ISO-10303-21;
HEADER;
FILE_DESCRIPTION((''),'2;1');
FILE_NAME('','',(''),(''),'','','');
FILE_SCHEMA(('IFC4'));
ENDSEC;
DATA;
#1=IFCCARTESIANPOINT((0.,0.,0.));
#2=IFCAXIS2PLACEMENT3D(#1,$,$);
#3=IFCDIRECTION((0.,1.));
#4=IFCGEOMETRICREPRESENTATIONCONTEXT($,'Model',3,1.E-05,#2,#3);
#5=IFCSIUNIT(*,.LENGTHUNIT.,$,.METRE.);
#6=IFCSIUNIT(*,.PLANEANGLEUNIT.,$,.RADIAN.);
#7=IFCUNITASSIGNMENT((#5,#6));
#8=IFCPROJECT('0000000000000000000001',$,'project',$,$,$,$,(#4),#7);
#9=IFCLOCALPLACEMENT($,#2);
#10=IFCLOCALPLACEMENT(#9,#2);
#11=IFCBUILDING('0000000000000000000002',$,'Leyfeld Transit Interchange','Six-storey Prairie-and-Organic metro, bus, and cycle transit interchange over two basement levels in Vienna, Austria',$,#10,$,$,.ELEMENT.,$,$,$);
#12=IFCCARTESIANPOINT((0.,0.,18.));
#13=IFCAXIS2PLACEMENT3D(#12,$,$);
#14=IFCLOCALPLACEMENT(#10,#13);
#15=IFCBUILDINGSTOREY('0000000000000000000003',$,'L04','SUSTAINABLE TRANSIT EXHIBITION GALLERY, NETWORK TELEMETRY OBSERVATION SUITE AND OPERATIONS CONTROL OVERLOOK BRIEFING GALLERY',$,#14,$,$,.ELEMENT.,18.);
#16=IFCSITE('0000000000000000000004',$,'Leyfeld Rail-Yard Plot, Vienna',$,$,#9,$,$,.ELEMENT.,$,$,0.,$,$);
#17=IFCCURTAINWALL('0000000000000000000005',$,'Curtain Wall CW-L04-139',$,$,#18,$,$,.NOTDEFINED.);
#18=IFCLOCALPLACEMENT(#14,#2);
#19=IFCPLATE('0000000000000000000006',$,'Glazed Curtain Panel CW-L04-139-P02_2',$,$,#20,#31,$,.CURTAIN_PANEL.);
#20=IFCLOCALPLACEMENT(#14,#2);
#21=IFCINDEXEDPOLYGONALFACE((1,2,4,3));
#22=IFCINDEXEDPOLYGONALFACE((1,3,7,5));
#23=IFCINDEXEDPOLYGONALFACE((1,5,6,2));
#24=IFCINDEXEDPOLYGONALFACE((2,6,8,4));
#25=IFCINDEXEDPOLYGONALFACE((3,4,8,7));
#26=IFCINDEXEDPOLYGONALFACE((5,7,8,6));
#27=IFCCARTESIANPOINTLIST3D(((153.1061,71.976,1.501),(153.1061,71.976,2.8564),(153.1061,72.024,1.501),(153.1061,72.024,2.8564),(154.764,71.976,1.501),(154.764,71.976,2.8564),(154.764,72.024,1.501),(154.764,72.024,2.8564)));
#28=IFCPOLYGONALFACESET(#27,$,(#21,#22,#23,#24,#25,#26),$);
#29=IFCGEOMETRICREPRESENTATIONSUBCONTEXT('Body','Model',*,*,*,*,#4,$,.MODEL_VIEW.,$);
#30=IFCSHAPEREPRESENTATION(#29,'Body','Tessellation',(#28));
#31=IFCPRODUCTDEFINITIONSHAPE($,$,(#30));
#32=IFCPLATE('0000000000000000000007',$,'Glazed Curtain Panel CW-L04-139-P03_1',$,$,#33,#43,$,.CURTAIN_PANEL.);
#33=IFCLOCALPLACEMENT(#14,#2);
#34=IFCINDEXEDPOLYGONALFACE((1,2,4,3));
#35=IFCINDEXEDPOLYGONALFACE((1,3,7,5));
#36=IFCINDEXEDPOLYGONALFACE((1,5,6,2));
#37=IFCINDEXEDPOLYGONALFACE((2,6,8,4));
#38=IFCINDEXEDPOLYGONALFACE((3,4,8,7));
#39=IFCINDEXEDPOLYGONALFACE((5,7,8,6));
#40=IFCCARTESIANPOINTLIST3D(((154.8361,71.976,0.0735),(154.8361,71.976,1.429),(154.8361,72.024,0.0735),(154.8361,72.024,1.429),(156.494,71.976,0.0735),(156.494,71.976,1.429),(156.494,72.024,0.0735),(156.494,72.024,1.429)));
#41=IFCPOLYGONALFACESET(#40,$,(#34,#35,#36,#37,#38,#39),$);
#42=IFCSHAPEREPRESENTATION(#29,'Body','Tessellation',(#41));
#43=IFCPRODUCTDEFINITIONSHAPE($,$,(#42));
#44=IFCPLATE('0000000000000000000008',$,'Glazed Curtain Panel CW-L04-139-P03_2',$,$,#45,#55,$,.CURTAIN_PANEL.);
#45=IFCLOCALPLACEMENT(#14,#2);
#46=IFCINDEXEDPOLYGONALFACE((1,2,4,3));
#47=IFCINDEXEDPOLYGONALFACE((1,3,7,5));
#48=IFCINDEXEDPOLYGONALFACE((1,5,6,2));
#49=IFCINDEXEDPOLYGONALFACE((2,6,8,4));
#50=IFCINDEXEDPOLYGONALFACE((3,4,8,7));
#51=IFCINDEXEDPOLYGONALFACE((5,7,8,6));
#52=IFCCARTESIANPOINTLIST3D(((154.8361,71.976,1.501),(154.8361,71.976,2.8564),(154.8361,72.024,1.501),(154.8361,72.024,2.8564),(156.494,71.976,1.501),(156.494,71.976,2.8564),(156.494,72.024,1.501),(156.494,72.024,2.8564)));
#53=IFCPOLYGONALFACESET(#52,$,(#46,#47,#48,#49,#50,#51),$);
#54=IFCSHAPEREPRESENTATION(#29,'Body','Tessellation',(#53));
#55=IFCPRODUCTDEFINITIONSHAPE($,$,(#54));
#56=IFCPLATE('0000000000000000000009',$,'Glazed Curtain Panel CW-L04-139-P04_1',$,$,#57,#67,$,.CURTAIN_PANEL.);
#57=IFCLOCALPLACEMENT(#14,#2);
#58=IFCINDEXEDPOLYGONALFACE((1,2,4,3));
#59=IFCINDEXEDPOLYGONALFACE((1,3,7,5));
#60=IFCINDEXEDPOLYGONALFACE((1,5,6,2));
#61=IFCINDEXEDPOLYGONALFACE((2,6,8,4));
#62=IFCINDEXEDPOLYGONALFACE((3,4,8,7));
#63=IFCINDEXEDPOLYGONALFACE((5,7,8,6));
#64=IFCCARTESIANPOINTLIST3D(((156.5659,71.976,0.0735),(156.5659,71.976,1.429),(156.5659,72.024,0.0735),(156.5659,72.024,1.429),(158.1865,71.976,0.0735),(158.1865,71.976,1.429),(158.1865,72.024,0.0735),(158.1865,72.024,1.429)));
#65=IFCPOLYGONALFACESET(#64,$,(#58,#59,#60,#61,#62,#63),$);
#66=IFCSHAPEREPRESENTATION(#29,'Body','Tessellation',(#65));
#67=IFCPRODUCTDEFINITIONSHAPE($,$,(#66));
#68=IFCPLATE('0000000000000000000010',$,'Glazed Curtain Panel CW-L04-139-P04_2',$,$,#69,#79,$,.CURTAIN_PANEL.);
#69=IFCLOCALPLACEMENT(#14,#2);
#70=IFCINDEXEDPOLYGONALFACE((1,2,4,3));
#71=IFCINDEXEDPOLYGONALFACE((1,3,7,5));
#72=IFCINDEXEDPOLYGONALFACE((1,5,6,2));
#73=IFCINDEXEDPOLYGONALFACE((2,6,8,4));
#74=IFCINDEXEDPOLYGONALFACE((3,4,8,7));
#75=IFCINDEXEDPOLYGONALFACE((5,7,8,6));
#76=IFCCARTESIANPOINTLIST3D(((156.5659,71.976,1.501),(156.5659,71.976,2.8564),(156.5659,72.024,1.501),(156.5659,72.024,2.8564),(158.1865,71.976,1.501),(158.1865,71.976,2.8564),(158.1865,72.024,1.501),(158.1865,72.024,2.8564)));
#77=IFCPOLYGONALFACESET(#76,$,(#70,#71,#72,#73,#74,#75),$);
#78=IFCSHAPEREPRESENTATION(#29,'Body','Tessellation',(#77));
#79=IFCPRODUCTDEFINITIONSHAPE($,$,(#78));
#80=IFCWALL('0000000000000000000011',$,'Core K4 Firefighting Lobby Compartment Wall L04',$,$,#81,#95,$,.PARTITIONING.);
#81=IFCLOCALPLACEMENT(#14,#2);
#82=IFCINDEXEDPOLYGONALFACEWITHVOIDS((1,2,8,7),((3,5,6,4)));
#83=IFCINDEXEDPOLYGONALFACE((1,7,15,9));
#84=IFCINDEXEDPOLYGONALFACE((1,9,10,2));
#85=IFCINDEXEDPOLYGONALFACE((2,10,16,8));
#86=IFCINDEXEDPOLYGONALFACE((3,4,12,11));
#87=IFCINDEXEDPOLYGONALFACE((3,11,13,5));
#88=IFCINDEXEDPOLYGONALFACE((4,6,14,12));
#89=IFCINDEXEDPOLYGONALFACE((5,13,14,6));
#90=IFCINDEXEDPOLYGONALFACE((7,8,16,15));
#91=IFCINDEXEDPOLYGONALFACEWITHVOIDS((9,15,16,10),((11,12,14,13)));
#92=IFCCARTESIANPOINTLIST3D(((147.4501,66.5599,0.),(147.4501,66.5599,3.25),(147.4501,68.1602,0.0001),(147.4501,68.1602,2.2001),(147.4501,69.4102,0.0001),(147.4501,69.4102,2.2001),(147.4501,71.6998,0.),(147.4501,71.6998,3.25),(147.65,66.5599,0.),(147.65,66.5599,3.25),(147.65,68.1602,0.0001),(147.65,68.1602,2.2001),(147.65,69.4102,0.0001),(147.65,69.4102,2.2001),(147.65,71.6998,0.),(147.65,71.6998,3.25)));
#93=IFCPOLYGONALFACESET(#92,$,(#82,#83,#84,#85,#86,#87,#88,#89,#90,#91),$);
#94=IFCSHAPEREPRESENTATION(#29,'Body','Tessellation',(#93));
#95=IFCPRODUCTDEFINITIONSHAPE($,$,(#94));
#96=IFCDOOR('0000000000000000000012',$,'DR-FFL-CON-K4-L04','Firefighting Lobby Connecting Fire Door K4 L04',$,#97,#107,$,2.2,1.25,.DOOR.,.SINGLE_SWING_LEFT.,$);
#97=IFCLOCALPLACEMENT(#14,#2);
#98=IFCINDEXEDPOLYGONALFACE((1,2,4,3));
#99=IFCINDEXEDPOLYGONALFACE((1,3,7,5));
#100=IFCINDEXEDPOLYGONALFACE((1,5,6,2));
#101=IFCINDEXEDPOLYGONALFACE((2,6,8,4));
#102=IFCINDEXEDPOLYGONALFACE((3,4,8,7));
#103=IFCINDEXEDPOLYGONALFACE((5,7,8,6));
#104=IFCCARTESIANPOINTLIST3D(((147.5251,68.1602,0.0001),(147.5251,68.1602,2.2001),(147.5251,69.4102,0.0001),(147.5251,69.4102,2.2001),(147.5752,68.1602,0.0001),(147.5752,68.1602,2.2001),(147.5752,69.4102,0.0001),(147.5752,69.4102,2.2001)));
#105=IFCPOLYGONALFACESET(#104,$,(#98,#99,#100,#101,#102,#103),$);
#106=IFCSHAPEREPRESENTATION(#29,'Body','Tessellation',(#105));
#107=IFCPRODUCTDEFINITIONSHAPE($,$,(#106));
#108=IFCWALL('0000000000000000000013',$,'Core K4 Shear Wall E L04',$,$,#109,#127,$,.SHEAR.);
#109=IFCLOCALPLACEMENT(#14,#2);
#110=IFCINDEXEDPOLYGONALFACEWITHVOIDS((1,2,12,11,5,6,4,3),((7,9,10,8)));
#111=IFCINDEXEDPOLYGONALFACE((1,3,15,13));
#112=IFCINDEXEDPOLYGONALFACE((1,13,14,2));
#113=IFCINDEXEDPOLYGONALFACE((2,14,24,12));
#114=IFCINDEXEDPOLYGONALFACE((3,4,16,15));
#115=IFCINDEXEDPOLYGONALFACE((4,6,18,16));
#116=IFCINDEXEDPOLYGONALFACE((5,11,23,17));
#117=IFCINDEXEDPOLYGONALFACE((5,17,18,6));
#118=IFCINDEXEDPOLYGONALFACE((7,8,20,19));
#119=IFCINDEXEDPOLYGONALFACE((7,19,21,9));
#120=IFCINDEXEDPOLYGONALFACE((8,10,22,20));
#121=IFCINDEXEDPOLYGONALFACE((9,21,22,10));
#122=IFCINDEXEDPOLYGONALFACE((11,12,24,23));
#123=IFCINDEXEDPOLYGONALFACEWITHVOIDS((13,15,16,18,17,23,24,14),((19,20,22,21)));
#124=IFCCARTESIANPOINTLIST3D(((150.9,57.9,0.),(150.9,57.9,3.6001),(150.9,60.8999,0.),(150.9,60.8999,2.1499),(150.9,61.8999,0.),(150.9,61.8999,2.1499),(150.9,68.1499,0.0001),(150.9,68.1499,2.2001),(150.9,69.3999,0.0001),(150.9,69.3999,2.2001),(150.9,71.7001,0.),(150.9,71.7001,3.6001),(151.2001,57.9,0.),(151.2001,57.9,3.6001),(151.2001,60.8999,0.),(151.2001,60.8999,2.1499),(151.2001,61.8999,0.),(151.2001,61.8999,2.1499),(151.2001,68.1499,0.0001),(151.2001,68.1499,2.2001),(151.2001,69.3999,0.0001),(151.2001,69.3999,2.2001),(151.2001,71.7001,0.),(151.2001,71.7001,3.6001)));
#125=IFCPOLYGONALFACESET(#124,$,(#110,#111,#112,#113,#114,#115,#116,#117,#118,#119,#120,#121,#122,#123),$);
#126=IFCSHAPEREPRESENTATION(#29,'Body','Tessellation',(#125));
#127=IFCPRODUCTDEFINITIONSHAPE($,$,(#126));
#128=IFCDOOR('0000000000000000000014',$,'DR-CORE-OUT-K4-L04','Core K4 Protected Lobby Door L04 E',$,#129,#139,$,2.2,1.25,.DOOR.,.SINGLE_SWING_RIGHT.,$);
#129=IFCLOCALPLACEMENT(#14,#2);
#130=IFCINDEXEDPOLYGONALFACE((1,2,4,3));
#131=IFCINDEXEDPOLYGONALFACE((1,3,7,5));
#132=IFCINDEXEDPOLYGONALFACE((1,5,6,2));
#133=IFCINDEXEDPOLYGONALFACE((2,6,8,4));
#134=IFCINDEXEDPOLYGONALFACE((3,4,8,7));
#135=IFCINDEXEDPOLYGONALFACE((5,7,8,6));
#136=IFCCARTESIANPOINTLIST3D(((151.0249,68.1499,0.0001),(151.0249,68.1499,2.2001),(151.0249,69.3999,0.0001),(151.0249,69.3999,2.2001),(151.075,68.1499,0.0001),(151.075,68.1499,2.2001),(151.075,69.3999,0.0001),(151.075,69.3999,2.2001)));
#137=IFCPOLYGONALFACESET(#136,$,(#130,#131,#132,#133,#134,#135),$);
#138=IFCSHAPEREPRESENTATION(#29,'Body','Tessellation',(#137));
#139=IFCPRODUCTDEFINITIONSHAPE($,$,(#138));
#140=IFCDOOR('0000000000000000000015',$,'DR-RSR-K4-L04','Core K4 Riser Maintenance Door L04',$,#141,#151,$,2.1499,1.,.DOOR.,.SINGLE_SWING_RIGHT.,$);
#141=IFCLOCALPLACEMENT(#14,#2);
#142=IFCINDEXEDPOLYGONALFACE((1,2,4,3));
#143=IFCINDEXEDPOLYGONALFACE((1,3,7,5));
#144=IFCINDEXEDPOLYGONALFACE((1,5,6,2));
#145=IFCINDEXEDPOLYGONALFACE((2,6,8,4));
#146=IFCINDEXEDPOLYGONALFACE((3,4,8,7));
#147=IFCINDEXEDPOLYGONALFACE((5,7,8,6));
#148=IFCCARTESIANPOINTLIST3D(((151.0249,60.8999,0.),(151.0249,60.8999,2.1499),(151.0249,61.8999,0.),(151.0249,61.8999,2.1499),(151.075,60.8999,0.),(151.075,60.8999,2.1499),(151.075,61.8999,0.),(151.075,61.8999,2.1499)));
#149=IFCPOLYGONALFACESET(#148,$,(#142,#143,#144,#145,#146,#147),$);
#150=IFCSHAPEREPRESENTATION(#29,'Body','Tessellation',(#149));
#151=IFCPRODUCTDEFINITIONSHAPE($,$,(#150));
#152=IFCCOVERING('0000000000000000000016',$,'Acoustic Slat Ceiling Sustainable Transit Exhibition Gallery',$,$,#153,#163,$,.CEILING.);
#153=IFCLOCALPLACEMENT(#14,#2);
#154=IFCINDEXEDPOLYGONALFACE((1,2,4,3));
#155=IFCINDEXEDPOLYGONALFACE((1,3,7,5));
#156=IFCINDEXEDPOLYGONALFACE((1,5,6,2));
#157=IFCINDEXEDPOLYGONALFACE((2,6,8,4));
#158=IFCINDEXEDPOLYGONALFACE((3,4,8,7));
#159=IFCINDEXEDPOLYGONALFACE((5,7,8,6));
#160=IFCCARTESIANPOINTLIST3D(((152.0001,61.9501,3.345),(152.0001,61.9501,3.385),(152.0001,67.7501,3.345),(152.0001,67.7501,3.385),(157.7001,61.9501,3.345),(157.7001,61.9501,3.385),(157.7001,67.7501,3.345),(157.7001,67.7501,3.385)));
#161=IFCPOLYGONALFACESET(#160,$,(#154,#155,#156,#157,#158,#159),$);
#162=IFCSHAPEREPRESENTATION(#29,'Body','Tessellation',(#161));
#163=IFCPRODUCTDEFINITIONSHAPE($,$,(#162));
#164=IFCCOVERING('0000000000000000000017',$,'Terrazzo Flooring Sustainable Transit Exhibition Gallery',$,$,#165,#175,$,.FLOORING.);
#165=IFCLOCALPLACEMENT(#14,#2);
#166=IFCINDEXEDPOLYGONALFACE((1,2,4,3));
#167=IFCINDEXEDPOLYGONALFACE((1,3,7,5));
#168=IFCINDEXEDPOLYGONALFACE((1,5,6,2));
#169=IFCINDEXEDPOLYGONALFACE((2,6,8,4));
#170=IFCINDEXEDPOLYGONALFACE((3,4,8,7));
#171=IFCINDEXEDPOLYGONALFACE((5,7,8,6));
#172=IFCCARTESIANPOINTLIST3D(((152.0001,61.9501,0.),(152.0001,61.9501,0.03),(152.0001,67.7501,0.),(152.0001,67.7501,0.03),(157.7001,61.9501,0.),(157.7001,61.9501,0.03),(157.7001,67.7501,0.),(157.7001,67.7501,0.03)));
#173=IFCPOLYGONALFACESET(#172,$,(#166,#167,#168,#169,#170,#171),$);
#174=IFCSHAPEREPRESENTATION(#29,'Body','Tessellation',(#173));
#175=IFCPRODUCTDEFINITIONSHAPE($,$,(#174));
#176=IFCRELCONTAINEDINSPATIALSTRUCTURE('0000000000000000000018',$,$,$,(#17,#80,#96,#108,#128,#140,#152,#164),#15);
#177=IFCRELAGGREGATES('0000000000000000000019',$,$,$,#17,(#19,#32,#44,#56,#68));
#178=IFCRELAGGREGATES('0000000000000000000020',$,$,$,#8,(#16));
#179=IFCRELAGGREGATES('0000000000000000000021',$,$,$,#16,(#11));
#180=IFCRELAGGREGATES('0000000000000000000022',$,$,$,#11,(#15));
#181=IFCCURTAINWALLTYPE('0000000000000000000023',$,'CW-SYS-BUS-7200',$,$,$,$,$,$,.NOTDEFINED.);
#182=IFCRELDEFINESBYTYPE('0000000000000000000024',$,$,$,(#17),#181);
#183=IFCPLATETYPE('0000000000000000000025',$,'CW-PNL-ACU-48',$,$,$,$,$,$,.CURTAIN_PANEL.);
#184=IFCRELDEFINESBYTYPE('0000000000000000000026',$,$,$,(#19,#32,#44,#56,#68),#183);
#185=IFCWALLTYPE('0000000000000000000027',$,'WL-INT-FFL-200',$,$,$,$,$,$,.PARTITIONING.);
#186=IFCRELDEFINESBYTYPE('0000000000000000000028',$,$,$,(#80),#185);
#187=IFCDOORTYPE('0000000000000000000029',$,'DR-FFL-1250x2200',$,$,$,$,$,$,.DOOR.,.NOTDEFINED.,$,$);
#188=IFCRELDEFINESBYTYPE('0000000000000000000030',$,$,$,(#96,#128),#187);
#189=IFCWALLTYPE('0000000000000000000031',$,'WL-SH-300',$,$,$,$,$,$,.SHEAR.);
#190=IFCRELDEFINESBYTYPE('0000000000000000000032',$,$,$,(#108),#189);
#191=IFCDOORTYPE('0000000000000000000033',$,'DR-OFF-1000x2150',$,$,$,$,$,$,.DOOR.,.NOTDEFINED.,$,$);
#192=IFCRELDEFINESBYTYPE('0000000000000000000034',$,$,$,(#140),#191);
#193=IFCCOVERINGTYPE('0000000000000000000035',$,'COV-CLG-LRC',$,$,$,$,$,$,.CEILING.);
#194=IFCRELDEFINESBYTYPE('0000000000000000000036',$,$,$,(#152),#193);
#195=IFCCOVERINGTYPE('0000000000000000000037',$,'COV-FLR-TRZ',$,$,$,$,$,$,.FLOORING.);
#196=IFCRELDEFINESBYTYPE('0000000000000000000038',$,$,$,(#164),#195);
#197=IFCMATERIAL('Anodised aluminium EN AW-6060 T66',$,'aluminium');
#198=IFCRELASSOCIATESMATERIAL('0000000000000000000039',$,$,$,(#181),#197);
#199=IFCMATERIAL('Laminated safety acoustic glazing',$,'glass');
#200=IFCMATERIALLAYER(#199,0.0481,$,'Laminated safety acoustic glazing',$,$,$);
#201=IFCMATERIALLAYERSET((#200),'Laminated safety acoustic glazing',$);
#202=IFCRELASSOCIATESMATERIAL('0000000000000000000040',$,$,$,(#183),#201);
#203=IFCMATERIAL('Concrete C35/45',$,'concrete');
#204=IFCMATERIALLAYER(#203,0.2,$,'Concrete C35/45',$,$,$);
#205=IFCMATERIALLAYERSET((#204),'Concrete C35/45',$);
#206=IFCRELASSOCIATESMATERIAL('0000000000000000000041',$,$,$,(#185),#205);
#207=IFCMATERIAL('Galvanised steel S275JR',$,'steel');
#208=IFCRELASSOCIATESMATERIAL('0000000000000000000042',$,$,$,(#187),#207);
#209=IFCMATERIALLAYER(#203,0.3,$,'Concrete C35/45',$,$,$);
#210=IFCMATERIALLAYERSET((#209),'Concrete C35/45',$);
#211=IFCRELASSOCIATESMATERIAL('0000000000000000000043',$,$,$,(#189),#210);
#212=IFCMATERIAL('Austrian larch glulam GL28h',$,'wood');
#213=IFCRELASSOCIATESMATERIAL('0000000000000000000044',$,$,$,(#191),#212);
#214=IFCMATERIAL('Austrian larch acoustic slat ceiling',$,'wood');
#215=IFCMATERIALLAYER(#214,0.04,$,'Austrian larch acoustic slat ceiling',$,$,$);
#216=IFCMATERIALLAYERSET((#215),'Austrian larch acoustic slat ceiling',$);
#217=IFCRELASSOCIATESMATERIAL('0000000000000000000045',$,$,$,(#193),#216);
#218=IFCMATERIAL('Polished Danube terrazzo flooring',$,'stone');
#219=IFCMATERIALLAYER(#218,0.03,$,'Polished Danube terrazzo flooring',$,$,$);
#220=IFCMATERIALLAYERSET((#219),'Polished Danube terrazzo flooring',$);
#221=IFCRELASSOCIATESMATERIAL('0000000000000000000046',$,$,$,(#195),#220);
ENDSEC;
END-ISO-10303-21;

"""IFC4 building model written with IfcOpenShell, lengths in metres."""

from ifc_helpers import new_model, si_unit, direction, frame, frame_2d, origin, origin_2d, place, context, subcontext, project, spatial, rectangle, extrude, material, layer, layer_set, type_object, element, fill, aggregate, save


model = new_model("IFC4")

# Units and contexts
model_context = context("Model", 3, precision=1e-05, world=origin(), true_north=direction((0.0, 1.0)))
body_context = subcontext(model_context, "Body", "Model", "MODEL_VIEW")
ifc_project = project(units=[si_unit("LENGTHUNIT", "METRE"), si_unit("PLANEANGLEUNIT", "RADIAN")], contexts=[model_context])

# Site, building, storey
site_placement = place(None, origin())
site = spatial("IfcSite", under=ifc_project, at=site_placement, Name="Leyfeld Rail-Yard Plot, Vienna", CompositionType="ELEMENT", RefElevation=0.0)
building_placement = place(site_placement, origin())
building = spatial("IfcBuilding", under=site, at=building_placement, Name="Leyfeld Transit Interchange", Description="Six-storey Prairie-and-Organic metro, bus, and cycle transit interchange over two basement levels in Vienna, Austria", CompositionType="ELEMENT")
storey_placement = place(building_placement, frame((0.0, 0.0, 18.0)))
storey = spatial("IfcBuildingStorey", under=building, at=storey_placement, Name="L04", Description="SUSTAINABLE TRANSIT EXHIBITION GALLERY, NETWORK TELEMETRY OBSERVATION SUITE AND OPERATIONS CONTROL OVERLOOK BRIEFING GALLERY", CompositionType="ELEMENT", Elevation=18.0)

# Curtain wall, plates
ifc_material_1 = material(Name="Anodised aluminium EN AW-6060 T66", Category="aluminium")
curtain_wall_type = type_object("IfcCurtainWallType", Name="CW-SYS-BUS-7200", PredefinedType="NOTDEFINED", material=ifc_material_1)
curtain_wall_placement = place(storey_placement, origin())
curtain_wall = element("IfcCurtainWall", 1, at=curtain_wall_placement, inside=storey, type_object=curtain_wall_type, Name="Curtain Wall CW-L04-139", PredefinedType="NOTDEFINED")
ifc_material_2 = material(Name="Laminated safety acoustic glazing", Category="glass")
ifc_layer_1 = layer(ifc_material_2, 0.0481, Name="Laminated safety acoustic glazing")
ifc_layer_set_1 = layer_set([ifc_layer_1], Name="Laminated safety acoustic glazing")
plate_type = type_object("IfcPlateType", Name="CW-PNL-ACU-48", PredefinedType="CURTAIN_PANEL", material=ifc_layer_set_1)
plate_1_placement = place(storey_placement, frame((153.9351, 72.0, 1.501), z_axis=(0.0, 0.0, 1.0), x_axis=(1.0, 0.0, 0.0)))
plate_1 = element("IfcPlate", 2, at=plate_1_placement, type_object=plate_type, Name="Glazed Curtain Panel CW-L04-139-P02_2", PredefinedType="CURTAIN_PANEL", context=body_context, shape_type="SweptSolid", body=[
    extrude(rectangle(XDim=1.658, YDim=0.0481, at=origin_2d()), origin(), (0.0, 0.0, 1.0), 1.3555),
])
plate_2_placement = place(storey_placement, frame((155.665, 72.0, 0.0735), z_axis=(0.0, 0.0, 1.0), x_axis=(1.0, 0.0, 0.0)))
plate_2 = element("IfcPlate", 3, at=plate_2_placement, type_object=plate_type, Name="Glazed Curtain Panel CW-L04-139-P03_1", PredefinedType="CURTAIN_PANEL", context=body_context, shape_type="SweptSolid", body=[
    extrude(rectangle(XDim=1.658, YDim=0.0481, at=origin_2d()), origin(), (0.0, 0.0, 1.0), 1.3555),
])
plate_3_placement = place(storey_placement, frame((155.665, 72.0, 1.501), z_axis=(0.0, 0.0, 1.0), x_axis=(1.0, 0.0, 0.0)))
plate_3 = element("IfcPlate", 4, at=plate_3_placement, type_object=plate_type, Name="Glazed Curtain Panel CW-L04-139-P03_2", PredefinedType="CURTAIN_PANEL", context=body_context, shape_type="SweptSolid", body=[
    extrude(rectangle(XDim=1.658, YDim=0.0481, at=origin_2d()), origin(), (0.0, 0.0, 1.0), 1.3555),
])
plate_4_placement = place(storey_placement, frame((157.3762, 72.0, 0.0735), z_axis=(0.0, 0.0, 1.0), x_axis=(1.0, 0.0, 0.0)))
plate_4 = element("IfcPlate", 5, at=plate_4_placement, type_object=plate_type, Name="Glazed Curtain Panel CW-L04-139-P04_1", PredefinedType="CURTAIN_PANEL", context=body_context, shape_type="SweptSolid", body=[
    extrude(rectangle(XDim=1.6206, YDim=0.0481, at=origin_2d()), origin(), (0.0, 0.0, 1.0), 1.3555),
])
plate_5_placement = place(storey_placement, frame((157.3762, 72.0, 1.501), z_axis=(0.0, 0.0, 1.0), x_axis=(1.0, 0.0, 0.0)))
plate_5 = element("IfcPlate", 6, at=plate_5_placement, type_object=plate_type, Name="Glazed Curtain Panel CW-L04-139-P04_2", PredefinedType="CURTAIN_PANEL", context=body_context, shape_type="SweptSolid", body=[
    extrude(rectangle(XDim=1.6206, YDim=0.0481, at=origin_2d()), origin(), (0.0, 0.0, 1.0), 1.3555),
])
aggregate(curtain_wall, [plate_1, plate_2, plate_3, plate_4, plate_5])

# Wall, opening, door
ifc_material_3 = material(Name="Concrete C35/45", Category="concrete")
ifc_layer_2 = layer(ifc_material_3, 0.2, Name="Concrete C35/45")
ifc_layer_set_2 = layer_set([ifc_layer_2], Name="Concrete C35/45")
wall_type_1 = type_object("IfcWallType", Name="WL-INT-FFL-200", PredefinedType="PARTITIONING", material=ifc_layer_set_2)
wall_1_placement = place(storey_placement, frame((147.55, 66.5601, 0.0), z_axis=(0.0, 0.0, 1.0), x_axis=(0.0, 1.0, 0.0)))
wall_1 = element("IfcWall", 7, at=wall_1_placement, inside=storey, type_object=wall_type_1, Name="Core K4 Firefighting Lobby Compartment Wall L04", PredefinedType="PARTITIONING", context=body_context, shape_type="SweptSolid", body=[
    extrude(rectangle(XDim=5.1399, YDim=0.2, at=frame_2d((2.5698, 0.0))), origin(), (0.0, 0.0, 1.0), 3.25),
])
opening_1_placement = place(wall_1_placement, frame((1.6001, 0.0, 0.0)))
opening_1 = element("IfcOpeningElement", 8, at=opening_1_placement, cuts=wall_1, PredefinedType="OPENING", context=body_context, shape_type="SweptSolid", body=[
    extrude(rectangle(XDim=1.25, YDim=2.2, at=frame_2d((0.625, 1.1001))), frame((0.0, 0.1099, 0.0), z_axis=(0.0, -1.0, 0.0), x_axis=(1.0, 0.0, 0.0)), (0.0, 0.0, 1.0), 0.22),
])
ifc_material_4 = material(Name="Galvanised steel S275JR", Category="steel")
door_type_1 = type_object("IfcDoorType", Name="DR-FFL-1250x2200", OperationType="NOTDEFINED", PredefinedType="DOOR", material=ifc_material_4)
door_1_placement = place(opening_1_placement, origin())
door_1 = element("IfcDoor", 9, at=door_1_placement, inside=storey, type_object=door_type_1, Name="DR-FFL-CON-K4-L04", Description="Firefighting Lobby Connecting Fire Door K4 L04", OperationType="SINGLE_SWING_LEFT", OverallHeight=2.2, OverallWidth=1.25, PredefinedType="DOOR", context=body_context, shape_type="SweptSolid", body=[
    extrude(rectangle(XDim=1.25, YDim=2.2, at=frame_2d((0.625, 1.1001))), frame((0.0, 0.0249, 0.0), z_axis=(0.0, -1.0, 0.0), x_axis=(1.0, 0.0, 0.0)), (0.0, 0.0, 1.0), 0.05),
])
fill(opening_1, door_1)

# Wall, openings, doors
ifc_layer_3 = layer(ifc_material_3, 0.3, Name="Concrete C35/45")
ifc_layer_set_3 = layer_set([ifc_layer_3], Name="Concrete C35/45")
wall_type_2 = type_object("IfcWallType", Name="WL-SH-300", PredefinedType="SHEAR", material=ifc_layer_set_3)
wall_2_placement = place(storey_placement, frame((151.05, 71.7, 0.0), z_axis=(0.0, 0.0, 1.0), x_axis=(0.0, -1.0, 0.0)))
wall_2 = element("IfcWall", 10, at=wall_2_placement, inside=storey, type_object=wall_type_2, Name="Core K4 Shear Wall E L04", PredefinedType="SHEAR", context=body_context, shape_type="SweptSolid", body=[
    extrude(rectangle(XDim=13.8, YDim=0.3, at=frame_2d((6.8999, 0.0))), origin(), (0.0, 0.0, 1.0), 3.6001),
])
opening_2_placement = place(wall_2_placement, frame((9.8, 0.0, 0.0)))
opening_2 = element("IfcOpeningElement", 11, at=opening_2_placement, cuts=wall_2, PredefinedType="OPENING", context=body_context, shape_type="SweptSolid", body=[
    extrude(rectangle(XDim=1.0, YDim=2.1499, at=frame_2d((0.5, 1.075))), frame((0.0, 0.1599, 0.0), z_axis=(0.0, -1.0, 0.0), x_axis=(1.0, 0.0, 0.0)), (0.0, 0.0, 1.0), 0.3201),
])
opening_3_placement = place(wall_2_placement, frame((2.3, 0.0, 0.0)))
opening_3 = element("IfcOpeningElement", 12, at=opening_3_placement, cuts=wall_2, PredefinedType="OPENING", context=body_context, shape_type="SweptSolid", body=[
    extrude(rectangle(XDim=1.25, YDim=2.2, at=frame_2d((0.625, 1.1001))), frame((0.0, 0.1599, 0.0), z_axis=(0.0, -1.0, 0.0), x_axis=(1.0, 0.0, 0.0)), (0.0, 0.0, 1.0), 0.3201),
])
door_2_placement = place(opening_3_placement, origin())
door_2 = element("IfcDoor", 13, at=door_2_placement, inside=storey, type_object=door_type_1, Name="DR-CORE-OUT-K4-L04", Description="Core K4 Protected Lobby Door L04 E", OperationType="SINGLE_SWING_RIGHT", OverallHeight=2.2, OverallWidth=1.25, PredefinedType="DOOR", context=body_context, shape_type="SweptSolid", body=[
    extrude(rectangle(XDim=1.25, YDim=2.2, at=frame_2d((0.625, 1.1001))), frame((0.0, 0.0249, 0.0), z_axis=(0.0, -1.0, 0.0), x_axis=(1.0, 0.0, 0.0)), (0.0, 0.0, 1.0), 0.05),
])
fill(opening_3, door_2)
ifc_material_5 = material(Name="Austrian larch glulam GL28h", Category="wood")
door_type_2 = type_object("IfcDoorType", Name="DR-OFF-1000x2150", OperationType="NOTDEFINED", PredefinedType="DOOR", material=ifc_material_5)
door_3_placement = place(opening_2_placement, origin())
door_3 = element("IfcDoor", 14, at=door_3_placement, inside=storey, type_object=door_type_2, Name="DR-RSR-K4-L04", Description="Core K4 Riser Maintenance Door L04", OperationType="SINGLE_SWING_RIGHT", OverallHeight=2.1499, OverallWidth=1.0, PredefinedType="DOOR", context=body_context, shape_type="SweptSolid", body=[
    extrude(rectangle(XDim=1.0, YDim=2.1499, at=frame_2d((0.5, 1.075))), frame((0.0, 0.0249, 0.0), z_axis=(0.0, -1.0, 0.0), x_axis=(1.0, 0.0, 0.0)), (0.0, 0.0, 1.0), 0.05),
])
fill(opening_2, door_3)

# Coverings
ifc_material_6 = material(Name="Austrian larch acoustic slat ceiling", Category="wood")
ifc_layer_4 = layer(ifc_material_6, 0.04, Name="Austrian larch acoustic slat ceiling")
ifc_layer_set_4 = layer_set([ifc_layer_4], Name="Austrian larch acoustic slat ceiling")
covering_type_1 = type_object("IfcCoveringType", Name="COV-CLG-LRC", PredefinedType="CEILING", material=ifc_layer_set_4)
covering_1_placement = place(storey_placement, frame((154.8501, 64.8501, 3.345), z_axis=(0.0, 0.0, 1.0), x_axis=(1.0, 0.0, 0.0)))
element("IfcCovering", 15, at=covering_1_placement, inside=storey, type_object=covering_type_1, Name="Acoustic Slat Ceiling Sustainable Transit Exhibition Gallery", PredefinedType="CEILING", context=body_context, shape_type="SweptSolid", body=[
    extrude(rectangle(XDim=5.7, YDim=5.8, at=origin_2d()), origin(), (0.0, 0.0, 1.0), 0.04),
])
ifc_material_7 = material(Name="Polished Danube terrazzo flooring", Category="stone")
ifc_layer_5 = layer(ifc_material_7, 0.03, Name="Polished Danube terrazzo flooring")
ifc_layer_set_5 = layer_set([ifc_layer_5], Name="Polished Danube terrazzo flooring")
covering_type_2 = type_object("IfcCoveringType", Name="COV-FLR-TRZ", PredefinedType="FLOORING", material=ifc_layer_set_5)
covering_2_placement = place(storey_placement, frame((154.8501, 64.8501, 0.0), z_axis=(0.0, 0.0, 1.0), x_axis=(1.0, 0.0, 0.0)))
element("IfcCovering", 16, at=covering_2_placement, inside=storey, type_object=covering_type_2, Name="Terrazzo Flooring Sustainable Transit Exhibition Gallery", PredefinedType="FLOORING", context=body_context, shape_type="SweptSolid", body=[
    extrude(rectangle(XDim=5.7, YDim=5.8, at=origin_2d()), origin(), (0.0, 0.0, 1.0), 0.03),
])

save(model, "model.ifc")
